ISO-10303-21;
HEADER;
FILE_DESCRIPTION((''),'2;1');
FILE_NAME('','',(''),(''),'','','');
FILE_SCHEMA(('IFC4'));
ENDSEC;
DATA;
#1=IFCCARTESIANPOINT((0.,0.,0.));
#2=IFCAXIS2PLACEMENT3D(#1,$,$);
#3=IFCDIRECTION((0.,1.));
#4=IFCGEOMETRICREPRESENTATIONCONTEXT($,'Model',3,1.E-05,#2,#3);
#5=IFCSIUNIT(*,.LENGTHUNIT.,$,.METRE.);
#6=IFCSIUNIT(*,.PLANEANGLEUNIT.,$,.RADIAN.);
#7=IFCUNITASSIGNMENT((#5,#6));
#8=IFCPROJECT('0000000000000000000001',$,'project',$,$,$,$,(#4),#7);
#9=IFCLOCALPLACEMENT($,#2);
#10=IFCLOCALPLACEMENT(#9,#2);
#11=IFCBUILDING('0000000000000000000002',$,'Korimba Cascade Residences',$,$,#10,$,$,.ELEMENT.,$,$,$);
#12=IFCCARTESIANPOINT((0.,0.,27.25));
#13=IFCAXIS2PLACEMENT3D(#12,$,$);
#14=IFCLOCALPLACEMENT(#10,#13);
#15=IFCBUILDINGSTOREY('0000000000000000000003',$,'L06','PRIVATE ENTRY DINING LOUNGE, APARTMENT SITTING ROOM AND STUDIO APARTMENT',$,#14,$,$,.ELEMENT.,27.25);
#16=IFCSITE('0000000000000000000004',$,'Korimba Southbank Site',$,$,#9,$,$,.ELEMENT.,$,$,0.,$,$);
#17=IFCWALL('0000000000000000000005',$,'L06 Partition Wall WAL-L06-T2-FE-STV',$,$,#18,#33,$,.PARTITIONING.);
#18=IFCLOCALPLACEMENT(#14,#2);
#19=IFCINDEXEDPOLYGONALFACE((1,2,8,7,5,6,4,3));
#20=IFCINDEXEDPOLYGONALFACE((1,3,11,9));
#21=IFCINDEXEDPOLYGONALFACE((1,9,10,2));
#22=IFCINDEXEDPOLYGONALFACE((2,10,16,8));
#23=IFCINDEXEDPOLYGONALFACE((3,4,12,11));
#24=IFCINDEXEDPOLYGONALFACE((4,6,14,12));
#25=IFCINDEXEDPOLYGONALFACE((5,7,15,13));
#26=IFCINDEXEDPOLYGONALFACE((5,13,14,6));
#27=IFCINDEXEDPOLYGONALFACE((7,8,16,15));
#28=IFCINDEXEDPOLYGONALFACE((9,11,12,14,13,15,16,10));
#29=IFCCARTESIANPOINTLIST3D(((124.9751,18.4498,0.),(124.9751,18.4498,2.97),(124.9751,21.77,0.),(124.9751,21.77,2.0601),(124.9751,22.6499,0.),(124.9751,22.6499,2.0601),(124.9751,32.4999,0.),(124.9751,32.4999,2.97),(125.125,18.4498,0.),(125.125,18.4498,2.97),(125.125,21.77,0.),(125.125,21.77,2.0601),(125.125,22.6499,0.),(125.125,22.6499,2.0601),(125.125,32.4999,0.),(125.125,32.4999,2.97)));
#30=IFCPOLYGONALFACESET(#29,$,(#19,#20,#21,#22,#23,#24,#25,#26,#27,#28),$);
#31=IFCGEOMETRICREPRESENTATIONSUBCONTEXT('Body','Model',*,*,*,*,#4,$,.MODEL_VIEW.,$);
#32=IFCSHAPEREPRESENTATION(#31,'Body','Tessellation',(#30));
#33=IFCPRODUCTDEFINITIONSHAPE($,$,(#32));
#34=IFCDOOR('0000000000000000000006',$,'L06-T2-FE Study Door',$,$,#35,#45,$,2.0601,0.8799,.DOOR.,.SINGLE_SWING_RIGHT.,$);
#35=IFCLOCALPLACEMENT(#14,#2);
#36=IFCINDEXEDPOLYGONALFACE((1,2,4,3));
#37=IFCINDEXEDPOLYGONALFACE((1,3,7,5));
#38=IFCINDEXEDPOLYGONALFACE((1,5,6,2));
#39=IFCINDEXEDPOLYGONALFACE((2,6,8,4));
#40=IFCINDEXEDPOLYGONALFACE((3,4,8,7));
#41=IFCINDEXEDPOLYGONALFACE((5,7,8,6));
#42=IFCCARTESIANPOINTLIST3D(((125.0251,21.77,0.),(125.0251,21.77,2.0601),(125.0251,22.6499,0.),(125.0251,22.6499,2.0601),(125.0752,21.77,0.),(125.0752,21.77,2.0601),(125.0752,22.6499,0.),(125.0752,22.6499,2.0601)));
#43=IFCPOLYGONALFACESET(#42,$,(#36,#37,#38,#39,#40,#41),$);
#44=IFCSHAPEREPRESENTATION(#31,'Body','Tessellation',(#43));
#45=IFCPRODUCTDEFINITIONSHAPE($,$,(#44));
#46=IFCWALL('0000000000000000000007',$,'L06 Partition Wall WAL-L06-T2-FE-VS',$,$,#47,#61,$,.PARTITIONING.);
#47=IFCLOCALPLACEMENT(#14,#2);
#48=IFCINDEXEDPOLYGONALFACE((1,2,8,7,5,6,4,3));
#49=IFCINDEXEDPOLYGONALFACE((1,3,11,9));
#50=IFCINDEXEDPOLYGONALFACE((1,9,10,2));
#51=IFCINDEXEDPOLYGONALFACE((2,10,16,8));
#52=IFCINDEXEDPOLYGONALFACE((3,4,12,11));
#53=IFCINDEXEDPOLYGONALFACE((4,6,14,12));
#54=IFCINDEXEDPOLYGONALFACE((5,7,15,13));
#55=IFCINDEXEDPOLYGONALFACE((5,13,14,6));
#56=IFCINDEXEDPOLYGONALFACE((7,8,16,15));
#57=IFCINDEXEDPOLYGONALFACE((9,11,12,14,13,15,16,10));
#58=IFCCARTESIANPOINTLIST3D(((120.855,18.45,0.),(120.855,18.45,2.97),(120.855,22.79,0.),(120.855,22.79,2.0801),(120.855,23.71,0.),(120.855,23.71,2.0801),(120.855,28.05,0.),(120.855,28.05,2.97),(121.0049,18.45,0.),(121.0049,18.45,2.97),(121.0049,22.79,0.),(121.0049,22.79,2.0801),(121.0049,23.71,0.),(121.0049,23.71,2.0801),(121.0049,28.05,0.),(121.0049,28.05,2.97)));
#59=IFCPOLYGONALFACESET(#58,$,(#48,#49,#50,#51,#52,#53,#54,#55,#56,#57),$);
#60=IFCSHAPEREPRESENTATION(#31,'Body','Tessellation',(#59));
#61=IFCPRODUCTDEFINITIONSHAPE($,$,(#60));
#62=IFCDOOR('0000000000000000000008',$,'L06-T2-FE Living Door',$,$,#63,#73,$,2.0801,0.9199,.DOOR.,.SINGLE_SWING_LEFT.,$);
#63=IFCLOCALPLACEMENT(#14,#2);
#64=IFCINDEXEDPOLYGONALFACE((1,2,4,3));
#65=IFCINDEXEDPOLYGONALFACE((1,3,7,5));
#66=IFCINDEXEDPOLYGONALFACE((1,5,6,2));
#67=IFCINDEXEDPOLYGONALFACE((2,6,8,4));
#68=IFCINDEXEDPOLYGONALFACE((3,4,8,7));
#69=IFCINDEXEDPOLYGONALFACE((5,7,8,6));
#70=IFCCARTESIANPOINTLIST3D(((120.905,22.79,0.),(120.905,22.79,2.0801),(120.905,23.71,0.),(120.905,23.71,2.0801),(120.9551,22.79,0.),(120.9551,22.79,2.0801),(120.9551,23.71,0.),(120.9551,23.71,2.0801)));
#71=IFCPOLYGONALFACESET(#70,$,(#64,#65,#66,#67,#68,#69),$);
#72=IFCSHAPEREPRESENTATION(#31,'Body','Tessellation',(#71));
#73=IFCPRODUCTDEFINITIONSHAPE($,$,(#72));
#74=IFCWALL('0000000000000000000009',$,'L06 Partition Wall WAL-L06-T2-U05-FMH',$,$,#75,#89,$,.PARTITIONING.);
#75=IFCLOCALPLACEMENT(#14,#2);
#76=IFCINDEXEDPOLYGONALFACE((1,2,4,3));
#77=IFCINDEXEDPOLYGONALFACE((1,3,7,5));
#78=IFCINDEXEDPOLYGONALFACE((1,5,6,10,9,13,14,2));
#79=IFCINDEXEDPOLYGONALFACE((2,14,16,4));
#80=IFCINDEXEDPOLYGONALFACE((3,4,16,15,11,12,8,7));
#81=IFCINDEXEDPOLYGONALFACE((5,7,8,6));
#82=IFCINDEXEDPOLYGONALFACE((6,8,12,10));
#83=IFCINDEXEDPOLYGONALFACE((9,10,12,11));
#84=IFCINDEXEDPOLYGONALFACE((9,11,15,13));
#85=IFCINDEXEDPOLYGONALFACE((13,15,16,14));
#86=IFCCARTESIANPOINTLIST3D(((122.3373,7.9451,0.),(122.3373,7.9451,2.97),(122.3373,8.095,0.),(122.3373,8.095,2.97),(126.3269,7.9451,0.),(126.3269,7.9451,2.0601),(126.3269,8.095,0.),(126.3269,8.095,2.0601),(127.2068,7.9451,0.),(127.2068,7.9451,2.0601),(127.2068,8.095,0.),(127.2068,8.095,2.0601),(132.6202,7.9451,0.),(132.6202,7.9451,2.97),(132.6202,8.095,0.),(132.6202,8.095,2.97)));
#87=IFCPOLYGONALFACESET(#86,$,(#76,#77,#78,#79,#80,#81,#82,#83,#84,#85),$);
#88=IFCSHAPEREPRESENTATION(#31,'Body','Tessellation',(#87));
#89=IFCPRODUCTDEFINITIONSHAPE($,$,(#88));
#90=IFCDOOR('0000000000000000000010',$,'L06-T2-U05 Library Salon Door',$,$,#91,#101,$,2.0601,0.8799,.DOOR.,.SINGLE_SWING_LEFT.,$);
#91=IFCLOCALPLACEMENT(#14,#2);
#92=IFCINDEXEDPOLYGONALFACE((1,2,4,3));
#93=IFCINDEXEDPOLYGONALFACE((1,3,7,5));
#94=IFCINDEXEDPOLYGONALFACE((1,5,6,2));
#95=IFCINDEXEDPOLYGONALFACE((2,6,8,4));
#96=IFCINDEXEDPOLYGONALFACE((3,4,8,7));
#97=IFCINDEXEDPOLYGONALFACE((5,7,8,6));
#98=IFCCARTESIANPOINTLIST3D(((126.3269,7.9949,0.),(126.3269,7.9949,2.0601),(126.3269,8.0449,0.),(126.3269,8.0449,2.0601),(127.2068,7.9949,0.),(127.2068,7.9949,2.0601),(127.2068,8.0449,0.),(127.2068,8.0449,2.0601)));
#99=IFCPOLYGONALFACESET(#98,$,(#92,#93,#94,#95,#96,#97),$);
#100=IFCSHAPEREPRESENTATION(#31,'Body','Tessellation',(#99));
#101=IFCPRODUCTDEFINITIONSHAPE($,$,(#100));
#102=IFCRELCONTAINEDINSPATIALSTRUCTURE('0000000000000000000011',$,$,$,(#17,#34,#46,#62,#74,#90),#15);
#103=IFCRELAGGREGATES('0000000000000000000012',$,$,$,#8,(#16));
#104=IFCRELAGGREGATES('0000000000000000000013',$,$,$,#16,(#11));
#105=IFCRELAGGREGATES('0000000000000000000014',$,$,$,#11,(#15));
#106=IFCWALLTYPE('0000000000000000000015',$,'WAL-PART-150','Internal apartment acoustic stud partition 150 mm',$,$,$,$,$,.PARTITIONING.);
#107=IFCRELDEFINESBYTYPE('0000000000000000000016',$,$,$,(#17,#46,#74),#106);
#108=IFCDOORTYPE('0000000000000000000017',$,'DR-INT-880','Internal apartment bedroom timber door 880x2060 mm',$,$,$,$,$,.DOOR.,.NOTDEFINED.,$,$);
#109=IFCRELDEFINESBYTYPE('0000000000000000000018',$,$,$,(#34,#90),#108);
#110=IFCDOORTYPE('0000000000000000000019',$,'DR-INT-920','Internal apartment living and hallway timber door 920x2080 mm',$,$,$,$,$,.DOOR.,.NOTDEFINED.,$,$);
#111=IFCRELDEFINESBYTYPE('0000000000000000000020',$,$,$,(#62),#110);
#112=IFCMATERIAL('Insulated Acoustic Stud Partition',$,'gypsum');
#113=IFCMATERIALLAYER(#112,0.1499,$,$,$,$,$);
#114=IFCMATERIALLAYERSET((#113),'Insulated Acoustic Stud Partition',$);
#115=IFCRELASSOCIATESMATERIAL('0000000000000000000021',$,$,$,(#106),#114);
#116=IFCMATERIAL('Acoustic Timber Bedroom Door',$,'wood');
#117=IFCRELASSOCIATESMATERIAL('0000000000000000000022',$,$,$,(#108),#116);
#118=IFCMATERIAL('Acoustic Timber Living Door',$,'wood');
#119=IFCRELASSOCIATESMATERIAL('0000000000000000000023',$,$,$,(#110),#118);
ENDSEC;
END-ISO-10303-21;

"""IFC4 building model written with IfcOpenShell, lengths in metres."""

from ifc_helpers import new_model, si_unit, direction, frame, frame_2d, origin, place, context, subcontext, project, spatial, rectangle, extrude, material, layer, layer_set, type_object, element, fill, save


model = new_model("IFC4")

# Units and contexts
model_context = context("Model", 3, precision=1e-05, world=origin(), true_north=direction((0.0, 1.0)))
body_context = subcontext(model_context, "Body", "Model", "MODEL_VIEW")
ifc_project = project(units=[si_unit("LENGTHUNIT", "METRE"), si_unit("PLANEANGLEUNIT", "RADIAN")], contexts=[model_context])

# Site, building, storey
site_placement = place(None, origin())
site = spatial("IfcSite", under=ifc_project, at=site_placement, Name="Korimba Southbank Site", CompositionType="ELEMENT", RefElevation=0.0)
building_placement = place(site_placement, origin())
building = spatial("IfcBuilding", under=site, at=building_placement, Name="Korimba Cascade Residences", CompositionType="ELEMENT")
storey_placement = place(building_placement, frame((0.0, 0.0, 27.25)))
storey = spatial("IfcBuildingStorey", under=building, at=storey_placement, Name="L06", Description="PRIVATE ENTRY DINING LOUNGE, APARTMENT SITTING ROOM AND STUDIO APARTMENT", CompositionType="ELEMENT", Elevation=27.25)

# Walls, openings, doors
ifc_material_1 = material(Name="Insulated Acoustic Stud Partition", Category="gypsum")
ifc_layer_1 = layer(ifc_material_1, 0.1499)
ifc_layer_set_1 = layer_set([ifc_layer_1], Name="Insulated Acoustic Stud Partition")
wall_type_1 = type_object("IfcWallType", Name="WAL-PART-150", Description="Internal apartment acoustic stud partition 150 mm", PredefinedType="PARTITIONING", material=ifc_layer_set_1)
wall_1_placement = place(storey_placement, frame((125.05, 18.45, 0.0), z_axis=(0.0, 0.0, 1.0), x_axis=(0.0, 1.0, 0.0)))
wall_1 = element("IfcWall", 1, at=wall_1_placement, inside=storey, type_object=wall_type_1, Name="L06 Partition Wall WAL-L06-T2-FE-STV", PredefinedType="PARTITIONING", context=body_context, shape_type="SweptSolid", body=[
    extrude(rectangle(XDim=14.05, YDim=0.1499, at=frame_2d((7.0249, 0.0))), origin(), (0.0, 0.0, 1.0), 2.97),
])
opening_1_placement = place(wall_1_placement, frame((3.3201, 0.0, 0.0)))
opening_1 = element("IfcOpeningElement", 2, at=opening_1_placement, cuts=wall_1, PredefinedType="OPENING", context=body_context, shape_type="SweptSolid", body=[
    extrude(rectangle(XDim=0.8799, YDim=2.0601, at=frame_2d((0.4399, 1.03))), frame((0.0, 0.085, 0.0), z_axis=(0.0, -1.0, 0.0), x_axis=(1.0, 0.0, 0.0)), (0.0, 0.0, 1.0), 0.1699),
])
ifc_material_2 = material(Name="Acoustic Timber Bedroom Door", Category="wood")
door_type_1 = type_object("IfcDoorType", Name="DR-INT-880", Description="Internal apartment bedroom timber door 880x2060 mm", OperationType="NOTDEFINED", PredefinedType="DOOR", material=ifc_material_2)
door_1_placement = place(opening_1_placement, origin())
door_1 = element("IfcDoor", 3, at=door_1_placement, inside=storey, type_object=door_type_1, Name="L06-T2-FE Study Door", OperationType="SINGLE_SWING_RIGHT", OverallHeight=2.0601, OverallWidth=0.8799, PredefinedType="DOOR", context=body_context, shape_type="SweptSolid", body=[
    extrude(rectangle(XDim=0.8799, YDim=2.0601, at=frame_2d((0.4399, 1.03))), frame((0.0, 0.0249, 0.0), z_axis=(0.0, -1.0, 0.0), x_axis=(1.0, 0.0, 0.0)), (0.0, 0.0, 1.0), 0.05),
])
fill(opening_1, door_1)
wall_2_placement = place(storey_placement, frame((120.9299, 18.45, 0.0), z_axis=(0.0, 0.0, 1.0), x_axis=(0.0, 1.0, 0.0)))
wall_2 = element("IfcWall", 4, at=wall_2_placement, inside=storey, type_object=wall_type_1, Name="L06 Partition Wall WAL-L06-T2-FE-VS", PredefinedType="PARTITIONING", context=body_context, shape_type="SweptSolid", body=[
    extrude(rectangle(XDim=9.6001, YDim=0.1499, at=frame_2d((4.8, 0.0))), origin(), (0.0, 0.0, 1.0), 2.97),
])
opening_2_placement = place(wall_2_placement, frame((4.3401, 0.0, 0.0)))
opening_2 = element("IfcOpeningElement", 5, at=opening_2_placement, cuts=wall_2, PredefinedType="OPENING", context=body_context, shape_type="SweptSolid", body=[
    extrude(rectangle(XDim=0.9199, YDim=2.0801, at=frame_2d((0.46, 1.04))), frame((0.0, 0.085, 0.0), z_axis=(0.0, -1.0, 0.0), x_axis=(1.0, 0.0, 0.0)), (0.0, 0.0, 1.0), 0.1699),
])
ifc_material_3 = material(Name="Acoustic Timber Living Door", Category="wood")
door_type_2 = type_object("IfcDoorType", Name="DR-INT-920", Description="Internal apartment living and hallway timber door 920x2080 mm", OperationType="NOTDEFINED", PredefinedType="DOOR", material=ifc_material_3)
door_2_placement = place(opening_2_placement, origin())
door_2 = element("IfcDoor", 6, at=door_2_placement, inside=storey, type_object=door_type_2, Name="L06-T2-FE Living Door", OperationType="SINGLE_SWING_LEFT", OverallHeight=2.0801, OverallWidth=0.9199, PredefinedType="DOOR", context=body_context, shape_type="SweptSolid", body=[
    extrude(rectangle(XDim=0.9199, YDim=2.0801, at=frame_2d((0.46, 1.04))), frame((0.0, 0.0249, 0.0), z_axis=(0.0, -1.0, 0.0), x_axis=(1.0, 0.0, 0.0)), (0.0, 0.0, 1.0), 0.05),
])
fill(opening_2, door_2)
wall_3_placement = place(storey_placement, frame((122.3372, 8.02, 0.0), z_axis=(0.0, 0.0, 1.0), x_axis=(1.0, 0.0, 0.0)))
wall_3 = element("IfcWall", 7, at=wall_3_placement, inside=storey, type_object=wall_type_1, Name="L06 Partition Wall WAL-L06-T2-U05-FMH", PredefinedType="PARTITIONING", context=body_context, shape_type="SweptSolid", body=[
    extrude(rectangle(XDim=10.283, YDim=0.1499, at=frame_2d((5.1416, 0.0))), origin(), (0.0, 0.0, 1.0), 2.97),
])
opening_3_placement = place(wall_3_placement, frame((3.9897, 0.0, 0.0)))
opening_3 = element("IfcOpeningElement", 8, at=opening_3_placement, cuts=wall_3, PredefinedType="OPENING", context=body_context, shape_type="SweptSolid", body=[
    extrude(rectangle(XDim=0.8799, YDim=2.0601, at=frame_2d((0.4399, 1.03))), frame((0.0, 0.085, 0.0), z_axis=(0.0, -1.0, 0.0), x_axis=(1.0, 0.0, 0.0)), (0.0, 0.0, 1.0), 0.1699),
])
door_3_placement = place(opening_3_placement, origin())
door_3 = element("IfcDoor", 9, at=door_3_placement, inside=storey, type_object=door_type_1, Name="L06-T2-U05 Library Salon Door", OperationType="SINGLE_SWING_LEFT", OverallHeight=2.0601, OverallWidth=0.8799, PredefinedType="DOOR", context=body_context, shape_type="SweptSolid", body=[
    extrude(rectangle(XDim=0.8799, YDim=2.0601, at=frame_2d((0.4399, 1.03))), frame((0.0, 0.0249, 0.0), z_axis=(0.0, -1.0, 0.0), x_axis=(1.0, 0.0, 0.0)), (0.0, 0.0, 1.0), 0.05),
])
fill(opening_3, door_3)

save(model, "model.ifc")
